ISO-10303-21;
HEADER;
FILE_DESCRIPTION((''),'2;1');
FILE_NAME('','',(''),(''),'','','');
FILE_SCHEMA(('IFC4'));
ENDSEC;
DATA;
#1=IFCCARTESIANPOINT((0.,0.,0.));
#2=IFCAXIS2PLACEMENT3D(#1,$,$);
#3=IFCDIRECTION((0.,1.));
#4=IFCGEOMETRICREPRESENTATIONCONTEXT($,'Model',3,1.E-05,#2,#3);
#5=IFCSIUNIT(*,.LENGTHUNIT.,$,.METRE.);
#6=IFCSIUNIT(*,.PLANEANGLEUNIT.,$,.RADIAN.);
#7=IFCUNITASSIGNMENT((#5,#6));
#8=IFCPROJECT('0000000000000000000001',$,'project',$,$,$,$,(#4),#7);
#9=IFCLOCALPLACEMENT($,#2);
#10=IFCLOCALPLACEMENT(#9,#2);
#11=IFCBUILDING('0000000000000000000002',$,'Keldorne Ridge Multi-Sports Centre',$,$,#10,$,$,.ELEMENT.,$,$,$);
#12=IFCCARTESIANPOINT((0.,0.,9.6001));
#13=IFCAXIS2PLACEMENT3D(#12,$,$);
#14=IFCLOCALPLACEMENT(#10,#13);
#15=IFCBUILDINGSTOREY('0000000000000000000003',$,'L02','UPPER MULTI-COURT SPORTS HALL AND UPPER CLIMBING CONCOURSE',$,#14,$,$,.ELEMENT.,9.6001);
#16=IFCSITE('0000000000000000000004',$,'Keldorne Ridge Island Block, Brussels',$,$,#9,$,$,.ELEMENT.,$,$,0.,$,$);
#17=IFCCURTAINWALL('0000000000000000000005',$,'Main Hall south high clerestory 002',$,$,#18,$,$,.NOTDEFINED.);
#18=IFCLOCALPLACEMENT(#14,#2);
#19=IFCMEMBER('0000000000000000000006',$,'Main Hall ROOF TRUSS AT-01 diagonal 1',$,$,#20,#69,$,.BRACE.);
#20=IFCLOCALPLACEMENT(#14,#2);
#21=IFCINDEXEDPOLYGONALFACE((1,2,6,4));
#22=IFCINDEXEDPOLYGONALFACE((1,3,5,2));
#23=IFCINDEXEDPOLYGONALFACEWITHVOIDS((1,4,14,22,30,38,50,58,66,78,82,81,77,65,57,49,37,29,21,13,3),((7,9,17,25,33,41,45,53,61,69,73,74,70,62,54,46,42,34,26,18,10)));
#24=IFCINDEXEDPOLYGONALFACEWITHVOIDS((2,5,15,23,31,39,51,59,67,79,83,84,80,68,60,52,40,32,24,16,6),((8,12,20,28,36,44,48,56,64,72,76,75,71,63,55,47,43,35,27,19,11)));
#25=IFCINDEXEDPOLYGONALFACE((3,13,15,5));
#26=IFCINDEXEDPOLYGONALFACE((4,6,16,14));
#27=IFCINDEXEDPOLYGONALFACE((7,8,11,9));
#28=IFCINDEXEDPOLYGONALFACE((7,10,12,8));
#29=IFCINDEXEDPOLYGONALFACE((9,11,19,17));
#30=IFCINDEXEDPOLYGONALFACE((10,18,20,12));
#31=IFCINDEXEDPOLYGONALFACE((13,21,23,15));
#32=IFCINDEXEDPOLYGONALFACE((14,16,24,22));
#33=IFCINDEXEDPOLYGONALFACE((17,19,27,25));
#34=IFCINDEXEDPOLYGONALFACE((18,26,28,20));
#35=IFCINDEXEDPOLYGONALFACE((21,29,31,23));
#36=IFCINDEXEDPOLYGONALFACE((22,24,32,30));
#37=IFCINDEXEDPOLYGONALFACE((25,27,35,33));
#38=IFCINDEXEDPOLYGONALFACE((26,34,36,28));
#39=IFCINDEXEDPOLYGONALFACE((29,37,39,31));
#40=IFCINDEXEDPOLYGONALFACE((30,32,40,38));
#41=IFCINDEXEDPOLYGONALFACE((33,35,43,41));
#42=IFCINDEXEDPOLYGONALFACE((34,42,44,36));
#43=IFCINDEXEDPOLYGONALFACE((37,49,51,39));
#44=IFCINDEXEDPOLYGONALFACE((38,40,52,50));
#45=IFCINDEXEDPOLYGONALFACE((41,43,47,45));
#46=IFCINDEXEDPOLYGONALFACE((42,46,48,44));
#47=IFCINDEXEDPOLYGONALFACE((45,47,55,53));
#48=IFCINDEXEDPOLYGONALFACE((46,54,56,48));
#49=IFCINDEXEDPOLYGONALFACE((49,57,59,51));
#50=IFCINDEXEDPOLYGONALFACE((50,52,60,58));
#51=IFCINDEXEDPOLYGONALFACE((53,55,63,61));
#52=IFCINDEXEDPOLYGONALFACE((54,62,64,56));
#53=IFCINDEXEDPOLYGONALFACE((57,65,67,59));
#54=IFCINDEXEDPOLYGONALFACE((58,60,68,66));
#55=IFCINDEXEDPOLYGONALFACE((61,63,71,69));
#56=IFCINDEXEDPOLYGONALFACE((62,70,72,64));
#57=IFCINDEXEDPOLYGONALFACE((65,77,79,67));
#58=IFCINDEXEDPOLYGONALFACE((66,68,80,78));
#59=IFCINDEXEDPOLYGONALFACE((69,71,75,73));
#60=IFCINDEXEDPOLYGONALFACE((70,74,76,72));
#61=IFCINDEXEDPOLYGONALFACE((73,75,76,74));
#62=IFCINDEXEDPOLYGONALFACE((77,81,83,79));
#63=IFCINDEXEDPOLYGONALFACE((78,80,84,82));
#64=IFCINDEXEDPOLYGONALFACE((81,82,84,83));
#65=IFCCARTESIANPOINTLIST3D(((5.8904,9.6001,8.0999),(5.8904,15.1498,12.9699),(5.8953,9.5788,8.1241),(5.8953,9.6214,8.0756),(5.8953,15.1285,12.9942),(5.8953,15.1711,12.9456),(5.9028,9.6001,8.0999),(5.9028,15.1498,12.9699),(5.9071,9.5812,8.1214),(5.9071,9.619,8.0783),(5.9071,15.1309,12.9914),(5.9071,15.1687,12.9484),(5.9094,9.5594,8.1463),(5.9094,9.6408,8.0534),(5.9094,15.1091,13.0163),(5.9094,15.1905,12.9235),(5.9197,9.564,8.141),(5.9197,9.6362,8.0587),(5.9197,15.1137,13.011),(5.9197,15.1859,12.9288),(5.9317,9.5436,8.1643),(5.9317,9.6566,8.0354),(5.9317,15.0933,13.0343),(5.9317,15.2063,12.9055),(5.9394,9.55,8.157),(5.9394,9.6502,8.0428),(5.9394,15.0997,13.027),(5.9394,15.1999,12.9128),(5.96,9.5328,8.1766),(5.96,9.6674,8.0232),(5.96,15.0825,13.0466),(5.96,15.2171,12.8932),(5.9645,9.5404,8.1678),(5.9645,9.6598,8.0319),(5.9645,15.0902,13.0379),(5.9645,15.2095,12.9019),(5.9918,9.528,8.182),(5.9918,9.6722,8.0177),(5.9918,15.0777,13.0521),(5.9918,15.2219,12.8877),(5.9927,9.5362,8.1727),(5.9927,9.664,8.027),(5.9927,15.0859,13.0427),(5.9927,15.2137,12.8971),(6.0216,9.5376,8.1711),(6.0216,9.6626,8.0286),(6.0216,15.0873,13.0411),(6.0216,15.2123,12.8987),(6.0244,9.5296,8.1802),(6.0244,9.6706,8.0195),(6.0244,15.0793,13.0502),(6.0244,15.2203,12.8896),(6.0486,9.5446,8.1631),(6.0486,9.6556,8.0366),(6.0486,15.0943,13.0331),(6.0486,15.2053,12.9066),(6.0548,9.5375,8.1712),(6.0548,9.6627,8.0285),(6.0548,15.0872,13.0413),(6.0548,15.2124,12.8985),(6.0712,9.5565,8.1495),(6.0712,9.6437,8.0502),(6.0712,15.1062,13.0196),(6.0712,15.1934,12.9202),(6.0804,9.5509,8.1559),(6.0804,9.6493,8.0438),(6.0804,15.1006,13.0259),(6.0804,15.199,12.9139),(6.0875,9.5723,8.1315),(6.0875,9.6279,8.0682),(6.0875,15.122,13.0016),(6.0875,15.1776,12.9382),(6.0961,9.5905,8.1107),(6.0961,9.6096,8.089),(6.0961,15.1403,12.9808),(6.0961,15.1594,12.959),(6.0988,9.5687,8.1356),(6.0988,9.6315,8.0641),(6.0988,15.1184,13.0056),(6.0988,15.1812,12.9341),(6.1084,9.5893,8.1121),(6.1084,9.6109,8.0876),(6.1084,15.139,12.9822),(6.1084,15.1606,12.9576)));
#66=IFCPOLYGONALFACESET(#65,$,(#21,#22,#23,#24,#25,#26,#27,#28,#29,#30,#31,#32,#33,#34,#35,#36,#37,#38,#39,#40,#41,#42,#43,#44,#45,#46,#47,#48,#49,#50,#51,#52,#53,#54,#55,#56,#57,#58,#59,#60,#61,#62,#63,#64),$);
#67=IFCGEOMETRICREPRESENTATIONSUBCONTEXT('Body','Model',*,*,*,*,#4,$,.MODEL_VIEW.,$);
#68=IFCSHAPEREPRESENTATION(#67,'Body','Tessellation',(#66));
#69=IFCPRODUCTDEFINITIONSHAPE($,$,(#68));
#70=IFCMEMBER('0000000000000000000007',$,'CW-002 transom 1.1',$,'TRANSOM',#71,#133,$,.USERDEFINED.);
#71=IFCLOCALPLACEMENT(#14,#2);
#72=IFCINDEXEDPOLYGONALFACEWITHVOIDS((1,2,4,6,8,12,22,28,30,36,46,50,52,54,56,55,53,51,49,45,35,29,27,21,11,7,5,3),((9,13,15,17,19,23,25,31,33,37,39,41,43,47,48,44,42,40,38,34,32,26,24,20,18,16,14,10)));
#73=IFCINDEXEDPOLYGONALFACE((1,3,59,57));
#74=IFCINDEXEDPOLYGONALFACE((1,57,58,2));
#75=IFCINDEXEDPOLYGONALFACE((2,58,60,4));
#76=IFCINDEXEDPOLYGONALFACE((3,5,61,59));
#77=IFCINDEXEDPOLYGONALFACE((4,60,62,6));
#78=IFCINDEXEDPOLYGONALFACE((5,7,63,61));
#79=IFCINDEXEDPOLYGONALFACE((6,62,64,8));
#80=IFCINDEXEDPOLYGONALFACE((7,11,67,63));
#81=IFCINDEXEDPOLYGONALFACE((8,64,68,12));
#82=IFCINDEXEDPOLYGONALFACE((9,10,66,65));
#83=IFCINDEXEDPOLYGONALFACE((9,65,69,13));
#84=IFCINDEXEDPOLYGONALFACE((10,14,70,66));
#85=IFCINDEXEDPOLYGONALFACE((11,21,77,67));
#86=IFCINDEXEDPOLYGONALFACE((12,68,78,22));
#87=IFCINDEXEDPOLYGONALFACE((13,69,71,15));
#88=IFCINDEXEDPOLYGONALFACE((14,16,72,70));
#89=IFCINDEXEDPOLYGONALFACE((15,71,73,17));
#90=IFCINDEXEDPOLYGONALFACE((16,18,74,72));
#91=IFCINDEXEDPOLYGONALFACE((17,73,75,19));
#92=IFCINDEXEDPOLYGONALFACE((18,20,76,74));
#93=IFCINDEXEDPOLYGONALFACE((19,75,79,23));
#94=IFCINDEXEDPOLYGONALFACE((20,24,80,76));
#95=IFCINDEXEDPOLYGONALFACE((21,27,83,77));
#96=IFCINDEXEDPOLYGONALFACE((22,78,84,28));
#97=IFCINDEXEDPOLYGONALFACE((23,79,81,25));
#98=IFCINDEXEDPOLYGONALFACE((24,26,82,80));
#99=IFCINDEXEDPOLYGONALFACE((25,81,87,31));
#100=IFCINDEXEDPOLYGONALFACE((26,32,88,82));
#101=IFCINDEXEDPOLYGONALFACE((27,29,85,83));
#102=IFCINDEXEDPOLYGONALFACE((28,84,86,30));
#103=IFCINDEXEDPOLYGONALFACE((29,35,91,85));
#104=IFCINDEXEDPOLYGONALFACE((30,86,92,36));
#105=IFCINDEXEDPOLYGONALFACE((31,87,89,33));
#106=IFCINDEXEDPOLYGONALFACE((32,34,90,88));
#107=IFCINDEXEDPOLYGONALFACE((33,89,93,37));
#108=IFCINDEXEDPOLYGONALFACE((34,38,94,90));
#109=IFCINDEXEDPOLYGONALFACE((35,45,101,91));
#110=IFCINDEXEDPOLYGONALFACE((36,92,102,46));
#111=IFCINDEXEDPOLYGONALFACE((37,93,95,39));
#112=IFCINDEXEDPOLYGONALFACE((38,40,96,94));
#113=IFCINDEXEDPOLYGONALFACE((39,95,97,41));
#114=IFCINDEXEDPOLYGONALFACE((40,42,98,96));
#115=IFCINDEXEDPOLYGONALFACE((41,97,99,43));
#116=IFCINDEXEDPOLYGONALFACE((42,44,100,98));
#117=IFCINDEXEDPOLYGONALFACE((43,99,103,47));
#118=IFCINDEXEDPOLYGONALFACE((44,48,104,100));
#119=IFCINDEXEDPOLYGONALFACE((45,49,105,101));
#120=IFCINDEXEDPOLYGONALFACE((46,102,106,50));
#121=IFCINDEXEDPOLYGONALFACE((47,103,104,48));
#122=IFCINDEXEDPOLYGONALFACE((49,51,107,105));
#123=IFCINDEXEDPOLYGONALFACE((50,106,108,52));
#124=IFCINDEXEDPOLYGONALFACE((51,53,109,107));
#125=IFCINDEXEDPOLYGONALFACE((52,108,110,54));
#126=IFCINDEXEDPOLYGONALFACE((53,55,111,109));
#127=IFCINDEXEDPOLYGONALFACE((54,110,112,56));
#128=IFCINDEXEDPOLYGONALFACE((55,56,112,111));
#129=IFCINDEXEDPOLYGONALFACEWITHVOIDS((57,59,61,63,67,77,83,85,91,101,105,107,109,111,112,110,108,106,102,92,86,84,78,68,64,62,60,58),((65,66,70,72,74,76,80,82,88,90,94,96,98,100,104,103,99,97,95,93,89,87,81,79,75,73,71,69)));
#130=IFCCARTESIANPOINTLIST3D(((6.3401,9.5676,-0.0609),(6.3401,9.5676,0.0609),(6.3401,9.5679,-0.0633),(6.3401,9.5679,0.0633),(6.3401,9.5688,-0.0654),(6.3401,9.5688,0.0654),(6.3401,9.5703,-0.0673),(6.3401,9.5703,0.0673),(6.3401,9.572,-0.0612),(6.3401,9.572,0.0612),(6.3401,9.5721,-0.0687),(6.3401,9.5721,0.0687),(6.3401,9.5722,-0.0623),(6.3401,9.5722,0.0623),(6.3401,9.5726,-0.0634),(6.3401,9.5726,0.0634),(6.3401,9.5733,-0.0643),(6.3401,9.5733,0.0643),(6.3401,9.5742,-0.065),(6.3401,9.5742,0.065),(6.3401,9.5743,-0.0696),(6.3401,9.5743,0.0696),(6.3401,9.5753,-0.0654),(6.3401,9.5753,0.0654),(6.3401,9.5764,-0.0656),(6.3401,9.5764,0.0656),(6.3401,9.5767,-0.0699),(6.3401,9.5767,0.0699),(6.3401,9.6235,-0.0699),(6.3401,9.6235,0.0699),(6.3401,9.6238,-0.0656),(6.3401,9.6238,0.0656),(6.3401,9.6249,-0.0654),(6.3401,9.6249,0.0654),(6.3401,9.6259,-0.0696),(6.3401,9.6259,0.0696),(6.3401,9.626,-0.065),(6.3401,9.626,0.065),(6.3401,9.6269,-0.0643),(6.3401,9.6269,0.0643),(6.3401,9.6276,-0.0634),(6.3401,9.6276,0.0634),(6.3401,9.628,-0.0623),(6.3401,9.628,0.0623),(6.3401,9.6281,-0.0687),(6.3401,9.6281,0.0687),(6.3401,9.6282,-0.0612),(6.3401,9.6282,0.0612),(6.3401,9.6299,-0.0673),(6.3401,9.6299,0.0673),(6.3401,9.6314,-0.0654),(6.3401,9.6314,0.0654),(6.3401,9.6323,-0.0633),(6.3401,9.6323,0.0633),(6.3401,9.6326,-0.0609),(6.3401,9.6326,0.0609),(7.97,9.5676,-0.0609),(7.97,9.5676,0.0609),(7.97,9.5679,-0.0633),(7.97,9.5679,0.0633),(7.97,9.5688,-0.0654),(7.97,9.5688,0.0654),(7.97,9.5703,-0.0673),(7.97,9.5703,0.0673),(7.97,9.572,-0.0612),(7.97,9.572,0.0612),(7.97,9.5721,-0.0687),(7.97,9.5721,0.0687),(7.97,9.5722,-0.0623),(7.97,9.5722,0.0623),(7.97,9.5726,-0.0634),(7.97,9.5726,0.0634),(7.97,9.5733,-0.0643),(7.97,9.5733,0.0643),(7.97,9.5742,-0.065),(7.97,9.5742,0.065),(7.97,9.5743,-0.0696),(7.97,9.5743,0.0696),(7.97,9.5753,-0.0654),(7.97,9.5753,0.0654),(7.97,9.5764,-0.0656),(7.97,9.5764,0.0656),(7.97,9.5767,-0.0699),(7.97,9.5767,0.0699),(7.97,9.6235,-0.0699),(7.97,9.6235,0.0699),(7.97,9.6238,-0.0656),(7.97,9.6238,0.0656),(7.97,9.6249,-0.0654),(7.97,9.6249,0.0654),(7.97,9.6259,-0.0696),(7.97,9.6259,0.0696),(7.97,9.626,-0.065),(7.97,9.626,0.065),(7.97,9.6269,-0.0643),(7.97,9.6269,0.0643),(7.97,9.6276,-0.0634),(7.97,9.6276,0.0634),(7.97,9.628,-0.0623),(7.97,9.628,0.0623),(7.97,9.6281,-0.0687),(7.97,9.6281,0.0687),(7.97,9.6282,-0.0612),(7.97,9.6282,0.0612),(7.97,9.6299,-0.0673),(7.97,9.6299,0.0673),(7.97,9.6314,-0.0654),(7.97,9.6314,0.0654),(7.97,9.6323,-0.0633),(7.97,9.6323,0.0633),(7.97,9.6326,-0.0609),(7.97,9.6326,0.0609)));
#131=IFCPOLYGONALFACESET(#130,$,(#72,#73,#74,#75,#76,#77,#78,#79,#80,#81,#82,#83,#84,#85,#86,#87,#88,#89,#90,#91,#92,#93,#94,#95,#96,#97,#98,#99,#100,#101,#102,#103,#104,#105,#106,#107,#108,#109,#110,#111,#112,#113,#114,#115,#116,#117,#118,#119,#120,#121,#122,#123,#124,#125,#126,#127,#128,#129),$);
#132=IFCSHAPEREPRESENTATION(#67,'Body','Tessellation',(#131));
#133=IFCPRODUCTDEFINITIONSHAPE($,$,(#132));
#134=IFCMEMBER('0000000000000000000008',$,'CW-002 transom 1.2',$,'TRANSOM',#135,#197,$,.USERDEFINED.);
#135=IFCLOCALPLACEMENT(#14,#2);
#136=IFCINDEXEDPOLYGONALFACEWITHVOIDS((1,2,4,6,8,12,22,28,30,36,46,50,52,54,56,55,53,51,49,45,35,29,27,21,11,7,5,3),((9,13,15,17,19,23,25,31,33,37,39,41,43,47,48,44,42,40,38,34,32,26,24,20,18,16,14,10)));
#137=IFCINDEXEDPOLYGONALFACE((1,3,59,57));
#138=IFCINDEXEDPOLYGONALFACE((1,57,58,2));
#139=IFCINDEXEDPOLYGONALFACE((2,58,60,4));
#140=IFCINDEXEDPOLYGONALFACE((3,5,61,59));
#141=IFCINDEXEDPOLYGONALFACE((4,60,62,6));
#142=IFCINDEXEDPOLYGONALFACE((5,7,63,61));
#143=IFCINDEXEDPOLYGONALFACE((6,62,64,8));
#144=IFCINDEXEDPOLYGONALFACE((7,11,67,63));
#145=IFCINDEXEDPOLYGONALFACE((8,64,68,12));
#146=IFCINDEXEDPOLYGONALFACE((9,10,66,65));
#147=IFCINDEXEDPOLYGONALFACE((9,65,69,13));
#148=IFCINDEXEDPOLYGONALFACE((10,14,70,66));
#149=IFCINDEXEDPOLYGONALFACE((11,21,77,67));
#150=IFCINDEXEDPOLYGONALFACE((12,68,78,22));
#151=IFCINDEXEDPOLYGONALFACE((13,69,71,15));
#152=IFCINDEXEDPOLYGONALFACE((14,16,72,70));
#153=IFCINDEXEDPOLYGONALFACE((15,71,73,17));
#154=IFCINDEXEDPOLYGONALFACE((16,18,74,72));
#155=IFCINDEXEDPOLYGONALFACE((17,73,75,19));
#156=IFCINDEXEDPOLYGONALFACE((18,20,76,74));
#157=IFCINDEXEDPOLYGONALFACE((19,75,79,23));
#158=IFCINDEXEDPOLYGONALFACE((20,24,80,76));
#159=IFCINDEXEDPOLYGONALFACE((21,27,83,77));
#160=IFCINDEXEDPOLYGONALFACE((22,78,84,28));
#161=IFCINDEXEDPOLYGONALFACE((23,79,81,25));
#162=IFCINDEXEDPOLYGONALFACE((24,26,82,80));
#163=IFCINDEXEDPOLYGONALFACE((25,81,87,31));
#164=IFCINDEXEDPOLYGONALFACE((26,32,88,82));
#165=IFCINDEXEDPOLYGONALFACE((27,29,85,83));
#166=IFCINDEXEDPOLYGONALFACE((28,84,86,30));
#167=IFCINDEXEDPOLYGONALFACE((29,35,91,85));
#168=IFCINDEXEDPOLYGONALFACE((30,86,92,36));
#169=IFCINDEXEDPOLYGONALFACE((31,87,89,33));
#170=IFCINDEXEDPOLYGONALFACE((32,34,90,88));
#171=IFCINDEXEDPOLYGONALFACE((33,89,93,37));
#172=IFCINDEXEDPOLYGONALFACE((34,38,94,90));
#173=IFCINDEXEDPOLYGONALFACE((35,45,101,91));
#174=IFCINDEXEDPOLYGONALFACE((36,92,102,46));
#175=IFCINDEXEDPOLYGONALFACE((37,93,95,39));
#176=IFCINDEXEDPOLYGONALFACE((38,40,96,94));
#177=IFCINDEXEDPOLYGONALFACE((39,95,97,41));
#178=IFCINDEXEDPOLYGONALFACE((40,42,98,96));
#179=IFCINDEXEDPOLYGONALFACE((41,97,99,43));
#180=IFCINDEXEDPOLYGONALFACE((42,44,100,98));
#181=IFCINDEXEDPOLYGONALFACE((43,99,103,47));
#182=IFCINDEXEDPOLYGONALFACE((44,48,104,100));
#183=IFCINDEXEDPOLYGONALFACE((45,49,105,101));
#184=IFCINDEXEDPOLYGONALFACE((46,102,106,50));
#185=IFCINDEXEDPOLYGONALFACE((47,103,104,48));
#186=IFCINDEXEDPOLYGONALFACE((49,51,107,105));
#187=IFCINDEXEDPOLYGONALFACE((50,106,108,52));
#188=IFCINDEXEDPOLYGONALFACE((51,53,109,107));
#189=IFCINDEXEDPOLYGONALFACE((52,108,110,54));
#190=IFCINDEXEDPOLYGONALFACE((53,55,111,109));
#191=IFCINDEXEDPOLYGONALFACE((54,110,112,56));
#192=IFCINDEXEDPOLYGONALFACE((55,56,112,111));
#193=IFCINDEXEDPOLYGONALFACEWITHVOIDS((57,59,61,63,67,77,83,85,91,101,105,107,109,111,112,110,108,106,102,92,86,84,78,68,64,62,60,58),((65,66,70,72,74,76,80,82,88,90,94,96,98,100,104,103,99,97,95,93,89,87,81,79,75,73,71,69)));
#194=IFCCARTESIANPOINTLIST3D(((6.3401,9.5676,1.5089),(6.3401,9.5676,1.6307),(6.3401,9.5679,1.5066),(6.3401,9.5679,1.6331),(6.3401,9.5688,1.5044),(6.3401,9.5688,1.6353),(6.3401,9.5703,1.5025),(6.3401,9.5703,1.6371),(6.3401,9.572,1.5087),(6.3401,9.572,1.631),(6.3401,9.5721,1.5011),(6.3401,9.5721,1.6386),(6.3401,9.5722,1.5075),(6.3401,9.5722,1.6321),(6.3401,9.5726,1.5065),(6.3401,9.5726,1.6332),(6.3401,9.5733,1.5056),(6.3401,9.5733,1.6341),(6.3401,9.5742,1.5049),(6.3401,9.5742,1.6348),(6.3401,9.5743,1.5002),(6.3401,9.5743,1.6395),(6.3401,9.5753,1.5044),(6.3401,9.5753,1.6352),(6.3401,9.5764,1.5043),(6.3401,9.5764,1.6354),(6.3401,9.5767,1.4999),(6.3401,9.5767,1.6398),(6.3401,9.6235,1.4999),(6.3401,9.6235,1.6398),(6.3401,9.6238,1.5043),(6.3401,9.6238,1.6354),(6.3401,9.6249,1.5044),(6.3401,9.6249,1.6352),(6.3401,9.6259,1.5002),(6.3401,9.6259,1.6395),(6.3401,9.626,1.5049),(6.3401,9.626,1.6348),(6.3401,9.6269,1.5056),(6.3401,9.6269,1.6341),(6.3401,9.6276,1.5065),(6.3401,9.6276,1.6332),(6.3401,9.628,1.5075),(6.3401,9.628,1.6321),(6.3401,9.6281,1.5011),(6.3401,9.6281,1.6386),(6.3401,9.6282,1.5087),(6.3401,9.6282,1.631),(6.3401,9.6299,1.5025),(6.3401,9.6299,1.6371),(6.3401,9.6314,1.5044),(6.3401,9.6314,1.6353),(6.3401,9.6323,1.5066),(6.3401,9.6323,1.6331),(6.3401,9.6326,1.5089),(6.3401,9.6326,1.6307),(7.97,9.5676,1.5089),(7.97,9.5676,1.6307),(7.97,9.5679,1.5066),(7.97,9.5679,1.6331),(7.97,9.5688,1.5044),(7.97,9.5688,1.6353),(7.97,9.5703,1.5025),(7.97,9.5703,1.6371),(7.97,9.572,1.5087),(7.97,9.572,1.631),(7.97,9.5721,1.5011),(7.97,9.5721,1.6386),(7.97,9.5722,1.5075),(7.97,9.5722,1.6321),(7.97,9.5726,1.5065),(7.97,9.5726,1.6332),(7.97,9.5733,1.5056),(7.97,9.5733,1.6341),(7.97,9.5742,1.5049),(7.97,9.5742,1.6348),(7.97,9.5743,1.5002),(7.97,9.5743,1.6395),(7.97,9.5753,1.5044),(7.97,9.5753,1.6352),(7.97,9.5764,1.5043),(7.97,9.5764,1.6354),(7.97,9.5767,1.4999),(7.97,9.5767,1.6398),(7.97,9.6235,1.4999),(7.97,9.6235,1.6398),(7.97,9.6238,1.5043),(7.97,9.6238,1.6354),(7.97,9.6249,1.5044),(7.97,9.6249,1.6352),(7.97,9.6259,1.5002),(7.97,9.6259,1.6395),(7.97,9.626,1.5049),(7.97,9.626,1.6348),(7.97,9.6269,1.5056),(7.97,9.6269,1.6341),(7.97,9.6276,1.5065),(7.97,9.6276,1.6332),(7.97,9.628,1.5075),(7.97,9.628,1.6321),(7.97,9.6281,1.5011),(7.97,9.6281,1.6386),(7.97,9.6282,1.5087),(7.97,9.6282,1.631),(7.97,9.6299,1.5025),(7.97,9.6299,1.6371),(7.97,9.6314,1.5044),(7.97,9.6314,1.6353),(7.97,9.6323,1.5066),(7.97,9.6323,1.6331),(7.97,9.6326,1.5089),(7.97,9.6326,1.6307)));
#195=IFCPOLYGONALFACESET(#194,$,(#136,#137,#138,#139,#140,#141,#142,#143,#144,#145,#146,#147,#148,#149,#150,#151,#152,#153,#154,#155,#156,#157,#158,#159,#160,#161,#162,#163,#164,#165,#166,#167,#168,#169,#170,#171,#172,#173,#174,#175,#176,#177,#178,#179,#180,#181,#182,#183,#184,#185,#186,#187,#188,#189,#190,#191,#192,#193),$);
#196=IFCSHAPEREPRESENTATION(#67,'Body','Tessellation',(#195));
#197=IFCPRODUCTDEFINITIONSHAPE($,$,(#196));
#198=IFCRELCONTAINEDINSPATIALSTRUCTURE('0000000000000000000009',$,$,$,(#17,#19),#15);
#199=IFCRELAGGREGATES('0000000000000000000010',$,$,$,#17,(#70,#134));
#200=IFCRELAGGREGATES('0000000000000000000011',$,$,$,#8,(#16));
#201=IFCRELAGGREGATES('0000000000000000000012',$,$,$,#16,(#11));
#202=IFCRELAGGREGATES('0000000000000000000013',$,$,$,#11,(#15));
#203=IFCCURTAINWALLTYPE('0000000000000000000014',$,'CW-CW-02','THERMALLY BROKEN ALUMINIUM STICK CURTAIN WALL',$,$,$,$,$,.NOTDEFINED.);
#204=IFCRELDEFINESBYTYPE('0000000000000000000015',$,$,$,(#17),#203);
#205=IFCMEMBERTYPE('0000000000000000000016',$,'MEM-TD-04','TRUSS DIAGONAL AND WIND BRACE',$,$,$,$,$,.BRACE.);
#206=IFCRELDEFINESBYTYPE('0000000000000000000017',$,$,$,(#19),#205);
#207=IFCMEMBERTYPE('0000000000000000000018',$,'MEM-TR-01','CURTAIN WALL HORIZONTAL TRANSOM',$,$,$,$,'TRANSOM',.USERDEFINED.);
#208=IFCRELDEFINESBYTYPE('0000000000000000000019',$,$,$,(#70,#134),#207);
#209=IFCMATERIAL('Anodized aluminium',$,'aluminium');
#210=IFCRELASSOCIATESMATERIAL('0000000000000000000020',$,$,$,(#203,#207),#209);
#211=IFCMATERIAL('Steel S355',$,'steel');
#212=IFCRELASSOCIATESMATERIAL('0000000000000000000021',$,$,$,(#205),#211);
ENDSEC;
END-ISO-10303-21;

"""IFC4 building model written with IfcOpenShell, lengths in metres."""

from ifc_helpers import new_model, si_unit, direction, frame, origin, origin_2d, place, context, subcontext, project, spatial, hollow_rectangle, hollow_circle, extrude, material, material_profile, profile_set, type_object, element, aggregate, save


model = new_model("IFC4")

# Units and contexts
model_context = context("Model", 3, precision=1e-05, world=origin(), true_north=direction((0.0, 1.0)))
body_context = subcontext(model_context, "Body", "Model", "MODEL_VIEW")
ifc_project = project(units=[si_unit("LENGTHUNIT", "METRE"), si_unit("PLANEANGLEUNIT", "RADIAN")], contexts=[model_context])

# Site, building, storey
site_placement = place(None, origin())
site = spatial("IfcSite", under=ifc_project, at=site_placement, Name="Keldorne Ridge Island Block, Brussels", CompositionType="ELEMENT", RefElevation=0.0)
building_placement = place(site_placement, origin())
building = spatial("IfcBuilding", under=site, at=building_placement, Name="Keldorne Ridge Multi-Sports Centre", CompositionType="ELEMENT")
storey_placement = place(building_placement, frame((0.0, 0.0, 9.6001)))
storey = spatial("IfcBuildingStorey", under=building, at=storey_placement, Name="L02", Description="UPPER MULTI-COURT SPORTS HALL AND UPPER CLIMBING CONCOURSE", CompositionType="ELEMENT", Elevation=9.6001)

# Shared definitions
ifc_material_1 = material(Name="Steel S355", Category="steel")

# Curtain wall
ifc_material_2 = material(Name="Anodized aluminium", Category="aluminium")
curtain_wall_type_1 = type_object("IfcCurtainWallType", Name="CW-CW-02", Description="THERMALLY BROKEN ALUMINIUM STICK CURTAIN WALL", PredefinedType="NOTDEFINED", material=ifc_material_2)
curtain_wall_1_placement = place(storey_placement, origin())
curtain_wall_1 = element("IfcCurtainWall", 1, at=curtain_wall_1_placement, inside=storey, type_object=curtain_wall_type_1, Name="Main Hall south high clerestory 002", PredefinedType="NOTDEFINED")

# Member
ifc_material_profile_1 = material_profile(ifc_material_1, hollow_circle(Radius=0.1096, WallThickness=0.0125, at=origin_2d()), Name="CHS 219.1x12.5")
ifc_profile_set_1 = profile_set([ifc_material_profile_1], Name="Steel S355")
member_type_1 = type_object("IfcMemberType", Name="MEM-TD-04", Description="TRUSS DIAGONAL AND WIND BRACE", PredefinedType="BRACE", material=ifc_profile_set_1)
member_1_placement = place(storey_placement, frame((6.0, 9.6001, 8.0999), z_axis=(0.0, 0.751634, 0.659581), x_axis=(-1.0, 0.0, 0.0)))
element("IfcMember", 2, at=member_1_placement, inside=storey, type_object=member_type_1, Name="Main Hall ROOF TRUSS AT-01 diagonal 1", PredefinedType="BRACE", context=body_context, shape_type="SweptSolid", body=[
    extrude(hollow_circle(Radius=0.1096, WallThickness=0.0125, at=origin_2d()), origin(), (0.0, 0.0, 1.0), 7.3835),
])

# Members
ifc_material_profile_2 = material_profile(ifc_material_2, hollow_rectangle(XDim=0.0649, YDim=0.1399, WallThickness=0.0044, InnerFilletRadius=0.0044, OuterFilletRadius=0.009, at=origin_2d()), Name="ALU TRANSOM 140x65x4.5")
ifc_profile_set_2 = profile_set([ifc_material_profile_2], Name="Anodized aluminium")
member_type_2 = type_object("IfcMemberType", Name="MEM-TR-01", Description="CURTAIN WALL HORIZONTAL TRANSOM", ElementType="TRANSOM", PredefinedType="USERDEFINED", material=ifc_profile_set_2)
member_2_placement = place(storey_placement, frame((6.3401, 9.6001, 0.0), z_axis=(1.0, 0.0, 0.0), x_axis=(0.0, 1.0, 0.0)))
member_2 = element("IfcMember", 3, at=member_2_placement, type_object=member_type_2, Name="CW-002 transom 1.1", ObjectType="TRANSOM", PredefinedType="USERDEFINED", context=body_context, shape_type="SweptSolid", body=[
    extrude(hollow_rectangle(XDim=0.0649, YDim=0.1399, WallThickness=0.0044, InnerFilletRadius=0.0044, OuterFilletRadius=0.009, at=origin_2d()), origin(), (0.0, 0.0, 1.0), 1.6299),
])
member_3_placement = place(storey_placement, frame((6.3401, 9.6001, 1.5698), z_axis=(1.0, 0.0, 0.0), x_axis=(0.0, 1.0, 0.0)))
member_3 = element("IfcMember", 4, at=member_3_placement, type_object=member_type_2, Name="CW-002 transom 1.2", ObjectType="TRANSOM", PredefinedType="USERDEFINED", context=body_context, shape_type="SweptSolid", body=[
    extrude(hollow_rectangle(XDim=0.0649, YDim=0.1399, WallThickness=0.0044, InnerFilletRadius=0.0044, OuterFilletRadius=0.009, at=origin_2d()), origin(), (0.0, 0.0, 1.0), 1.6299),
])

aggregate(curtain_wall_1, [member_2, member_3])

save(model, "model.ifc")
